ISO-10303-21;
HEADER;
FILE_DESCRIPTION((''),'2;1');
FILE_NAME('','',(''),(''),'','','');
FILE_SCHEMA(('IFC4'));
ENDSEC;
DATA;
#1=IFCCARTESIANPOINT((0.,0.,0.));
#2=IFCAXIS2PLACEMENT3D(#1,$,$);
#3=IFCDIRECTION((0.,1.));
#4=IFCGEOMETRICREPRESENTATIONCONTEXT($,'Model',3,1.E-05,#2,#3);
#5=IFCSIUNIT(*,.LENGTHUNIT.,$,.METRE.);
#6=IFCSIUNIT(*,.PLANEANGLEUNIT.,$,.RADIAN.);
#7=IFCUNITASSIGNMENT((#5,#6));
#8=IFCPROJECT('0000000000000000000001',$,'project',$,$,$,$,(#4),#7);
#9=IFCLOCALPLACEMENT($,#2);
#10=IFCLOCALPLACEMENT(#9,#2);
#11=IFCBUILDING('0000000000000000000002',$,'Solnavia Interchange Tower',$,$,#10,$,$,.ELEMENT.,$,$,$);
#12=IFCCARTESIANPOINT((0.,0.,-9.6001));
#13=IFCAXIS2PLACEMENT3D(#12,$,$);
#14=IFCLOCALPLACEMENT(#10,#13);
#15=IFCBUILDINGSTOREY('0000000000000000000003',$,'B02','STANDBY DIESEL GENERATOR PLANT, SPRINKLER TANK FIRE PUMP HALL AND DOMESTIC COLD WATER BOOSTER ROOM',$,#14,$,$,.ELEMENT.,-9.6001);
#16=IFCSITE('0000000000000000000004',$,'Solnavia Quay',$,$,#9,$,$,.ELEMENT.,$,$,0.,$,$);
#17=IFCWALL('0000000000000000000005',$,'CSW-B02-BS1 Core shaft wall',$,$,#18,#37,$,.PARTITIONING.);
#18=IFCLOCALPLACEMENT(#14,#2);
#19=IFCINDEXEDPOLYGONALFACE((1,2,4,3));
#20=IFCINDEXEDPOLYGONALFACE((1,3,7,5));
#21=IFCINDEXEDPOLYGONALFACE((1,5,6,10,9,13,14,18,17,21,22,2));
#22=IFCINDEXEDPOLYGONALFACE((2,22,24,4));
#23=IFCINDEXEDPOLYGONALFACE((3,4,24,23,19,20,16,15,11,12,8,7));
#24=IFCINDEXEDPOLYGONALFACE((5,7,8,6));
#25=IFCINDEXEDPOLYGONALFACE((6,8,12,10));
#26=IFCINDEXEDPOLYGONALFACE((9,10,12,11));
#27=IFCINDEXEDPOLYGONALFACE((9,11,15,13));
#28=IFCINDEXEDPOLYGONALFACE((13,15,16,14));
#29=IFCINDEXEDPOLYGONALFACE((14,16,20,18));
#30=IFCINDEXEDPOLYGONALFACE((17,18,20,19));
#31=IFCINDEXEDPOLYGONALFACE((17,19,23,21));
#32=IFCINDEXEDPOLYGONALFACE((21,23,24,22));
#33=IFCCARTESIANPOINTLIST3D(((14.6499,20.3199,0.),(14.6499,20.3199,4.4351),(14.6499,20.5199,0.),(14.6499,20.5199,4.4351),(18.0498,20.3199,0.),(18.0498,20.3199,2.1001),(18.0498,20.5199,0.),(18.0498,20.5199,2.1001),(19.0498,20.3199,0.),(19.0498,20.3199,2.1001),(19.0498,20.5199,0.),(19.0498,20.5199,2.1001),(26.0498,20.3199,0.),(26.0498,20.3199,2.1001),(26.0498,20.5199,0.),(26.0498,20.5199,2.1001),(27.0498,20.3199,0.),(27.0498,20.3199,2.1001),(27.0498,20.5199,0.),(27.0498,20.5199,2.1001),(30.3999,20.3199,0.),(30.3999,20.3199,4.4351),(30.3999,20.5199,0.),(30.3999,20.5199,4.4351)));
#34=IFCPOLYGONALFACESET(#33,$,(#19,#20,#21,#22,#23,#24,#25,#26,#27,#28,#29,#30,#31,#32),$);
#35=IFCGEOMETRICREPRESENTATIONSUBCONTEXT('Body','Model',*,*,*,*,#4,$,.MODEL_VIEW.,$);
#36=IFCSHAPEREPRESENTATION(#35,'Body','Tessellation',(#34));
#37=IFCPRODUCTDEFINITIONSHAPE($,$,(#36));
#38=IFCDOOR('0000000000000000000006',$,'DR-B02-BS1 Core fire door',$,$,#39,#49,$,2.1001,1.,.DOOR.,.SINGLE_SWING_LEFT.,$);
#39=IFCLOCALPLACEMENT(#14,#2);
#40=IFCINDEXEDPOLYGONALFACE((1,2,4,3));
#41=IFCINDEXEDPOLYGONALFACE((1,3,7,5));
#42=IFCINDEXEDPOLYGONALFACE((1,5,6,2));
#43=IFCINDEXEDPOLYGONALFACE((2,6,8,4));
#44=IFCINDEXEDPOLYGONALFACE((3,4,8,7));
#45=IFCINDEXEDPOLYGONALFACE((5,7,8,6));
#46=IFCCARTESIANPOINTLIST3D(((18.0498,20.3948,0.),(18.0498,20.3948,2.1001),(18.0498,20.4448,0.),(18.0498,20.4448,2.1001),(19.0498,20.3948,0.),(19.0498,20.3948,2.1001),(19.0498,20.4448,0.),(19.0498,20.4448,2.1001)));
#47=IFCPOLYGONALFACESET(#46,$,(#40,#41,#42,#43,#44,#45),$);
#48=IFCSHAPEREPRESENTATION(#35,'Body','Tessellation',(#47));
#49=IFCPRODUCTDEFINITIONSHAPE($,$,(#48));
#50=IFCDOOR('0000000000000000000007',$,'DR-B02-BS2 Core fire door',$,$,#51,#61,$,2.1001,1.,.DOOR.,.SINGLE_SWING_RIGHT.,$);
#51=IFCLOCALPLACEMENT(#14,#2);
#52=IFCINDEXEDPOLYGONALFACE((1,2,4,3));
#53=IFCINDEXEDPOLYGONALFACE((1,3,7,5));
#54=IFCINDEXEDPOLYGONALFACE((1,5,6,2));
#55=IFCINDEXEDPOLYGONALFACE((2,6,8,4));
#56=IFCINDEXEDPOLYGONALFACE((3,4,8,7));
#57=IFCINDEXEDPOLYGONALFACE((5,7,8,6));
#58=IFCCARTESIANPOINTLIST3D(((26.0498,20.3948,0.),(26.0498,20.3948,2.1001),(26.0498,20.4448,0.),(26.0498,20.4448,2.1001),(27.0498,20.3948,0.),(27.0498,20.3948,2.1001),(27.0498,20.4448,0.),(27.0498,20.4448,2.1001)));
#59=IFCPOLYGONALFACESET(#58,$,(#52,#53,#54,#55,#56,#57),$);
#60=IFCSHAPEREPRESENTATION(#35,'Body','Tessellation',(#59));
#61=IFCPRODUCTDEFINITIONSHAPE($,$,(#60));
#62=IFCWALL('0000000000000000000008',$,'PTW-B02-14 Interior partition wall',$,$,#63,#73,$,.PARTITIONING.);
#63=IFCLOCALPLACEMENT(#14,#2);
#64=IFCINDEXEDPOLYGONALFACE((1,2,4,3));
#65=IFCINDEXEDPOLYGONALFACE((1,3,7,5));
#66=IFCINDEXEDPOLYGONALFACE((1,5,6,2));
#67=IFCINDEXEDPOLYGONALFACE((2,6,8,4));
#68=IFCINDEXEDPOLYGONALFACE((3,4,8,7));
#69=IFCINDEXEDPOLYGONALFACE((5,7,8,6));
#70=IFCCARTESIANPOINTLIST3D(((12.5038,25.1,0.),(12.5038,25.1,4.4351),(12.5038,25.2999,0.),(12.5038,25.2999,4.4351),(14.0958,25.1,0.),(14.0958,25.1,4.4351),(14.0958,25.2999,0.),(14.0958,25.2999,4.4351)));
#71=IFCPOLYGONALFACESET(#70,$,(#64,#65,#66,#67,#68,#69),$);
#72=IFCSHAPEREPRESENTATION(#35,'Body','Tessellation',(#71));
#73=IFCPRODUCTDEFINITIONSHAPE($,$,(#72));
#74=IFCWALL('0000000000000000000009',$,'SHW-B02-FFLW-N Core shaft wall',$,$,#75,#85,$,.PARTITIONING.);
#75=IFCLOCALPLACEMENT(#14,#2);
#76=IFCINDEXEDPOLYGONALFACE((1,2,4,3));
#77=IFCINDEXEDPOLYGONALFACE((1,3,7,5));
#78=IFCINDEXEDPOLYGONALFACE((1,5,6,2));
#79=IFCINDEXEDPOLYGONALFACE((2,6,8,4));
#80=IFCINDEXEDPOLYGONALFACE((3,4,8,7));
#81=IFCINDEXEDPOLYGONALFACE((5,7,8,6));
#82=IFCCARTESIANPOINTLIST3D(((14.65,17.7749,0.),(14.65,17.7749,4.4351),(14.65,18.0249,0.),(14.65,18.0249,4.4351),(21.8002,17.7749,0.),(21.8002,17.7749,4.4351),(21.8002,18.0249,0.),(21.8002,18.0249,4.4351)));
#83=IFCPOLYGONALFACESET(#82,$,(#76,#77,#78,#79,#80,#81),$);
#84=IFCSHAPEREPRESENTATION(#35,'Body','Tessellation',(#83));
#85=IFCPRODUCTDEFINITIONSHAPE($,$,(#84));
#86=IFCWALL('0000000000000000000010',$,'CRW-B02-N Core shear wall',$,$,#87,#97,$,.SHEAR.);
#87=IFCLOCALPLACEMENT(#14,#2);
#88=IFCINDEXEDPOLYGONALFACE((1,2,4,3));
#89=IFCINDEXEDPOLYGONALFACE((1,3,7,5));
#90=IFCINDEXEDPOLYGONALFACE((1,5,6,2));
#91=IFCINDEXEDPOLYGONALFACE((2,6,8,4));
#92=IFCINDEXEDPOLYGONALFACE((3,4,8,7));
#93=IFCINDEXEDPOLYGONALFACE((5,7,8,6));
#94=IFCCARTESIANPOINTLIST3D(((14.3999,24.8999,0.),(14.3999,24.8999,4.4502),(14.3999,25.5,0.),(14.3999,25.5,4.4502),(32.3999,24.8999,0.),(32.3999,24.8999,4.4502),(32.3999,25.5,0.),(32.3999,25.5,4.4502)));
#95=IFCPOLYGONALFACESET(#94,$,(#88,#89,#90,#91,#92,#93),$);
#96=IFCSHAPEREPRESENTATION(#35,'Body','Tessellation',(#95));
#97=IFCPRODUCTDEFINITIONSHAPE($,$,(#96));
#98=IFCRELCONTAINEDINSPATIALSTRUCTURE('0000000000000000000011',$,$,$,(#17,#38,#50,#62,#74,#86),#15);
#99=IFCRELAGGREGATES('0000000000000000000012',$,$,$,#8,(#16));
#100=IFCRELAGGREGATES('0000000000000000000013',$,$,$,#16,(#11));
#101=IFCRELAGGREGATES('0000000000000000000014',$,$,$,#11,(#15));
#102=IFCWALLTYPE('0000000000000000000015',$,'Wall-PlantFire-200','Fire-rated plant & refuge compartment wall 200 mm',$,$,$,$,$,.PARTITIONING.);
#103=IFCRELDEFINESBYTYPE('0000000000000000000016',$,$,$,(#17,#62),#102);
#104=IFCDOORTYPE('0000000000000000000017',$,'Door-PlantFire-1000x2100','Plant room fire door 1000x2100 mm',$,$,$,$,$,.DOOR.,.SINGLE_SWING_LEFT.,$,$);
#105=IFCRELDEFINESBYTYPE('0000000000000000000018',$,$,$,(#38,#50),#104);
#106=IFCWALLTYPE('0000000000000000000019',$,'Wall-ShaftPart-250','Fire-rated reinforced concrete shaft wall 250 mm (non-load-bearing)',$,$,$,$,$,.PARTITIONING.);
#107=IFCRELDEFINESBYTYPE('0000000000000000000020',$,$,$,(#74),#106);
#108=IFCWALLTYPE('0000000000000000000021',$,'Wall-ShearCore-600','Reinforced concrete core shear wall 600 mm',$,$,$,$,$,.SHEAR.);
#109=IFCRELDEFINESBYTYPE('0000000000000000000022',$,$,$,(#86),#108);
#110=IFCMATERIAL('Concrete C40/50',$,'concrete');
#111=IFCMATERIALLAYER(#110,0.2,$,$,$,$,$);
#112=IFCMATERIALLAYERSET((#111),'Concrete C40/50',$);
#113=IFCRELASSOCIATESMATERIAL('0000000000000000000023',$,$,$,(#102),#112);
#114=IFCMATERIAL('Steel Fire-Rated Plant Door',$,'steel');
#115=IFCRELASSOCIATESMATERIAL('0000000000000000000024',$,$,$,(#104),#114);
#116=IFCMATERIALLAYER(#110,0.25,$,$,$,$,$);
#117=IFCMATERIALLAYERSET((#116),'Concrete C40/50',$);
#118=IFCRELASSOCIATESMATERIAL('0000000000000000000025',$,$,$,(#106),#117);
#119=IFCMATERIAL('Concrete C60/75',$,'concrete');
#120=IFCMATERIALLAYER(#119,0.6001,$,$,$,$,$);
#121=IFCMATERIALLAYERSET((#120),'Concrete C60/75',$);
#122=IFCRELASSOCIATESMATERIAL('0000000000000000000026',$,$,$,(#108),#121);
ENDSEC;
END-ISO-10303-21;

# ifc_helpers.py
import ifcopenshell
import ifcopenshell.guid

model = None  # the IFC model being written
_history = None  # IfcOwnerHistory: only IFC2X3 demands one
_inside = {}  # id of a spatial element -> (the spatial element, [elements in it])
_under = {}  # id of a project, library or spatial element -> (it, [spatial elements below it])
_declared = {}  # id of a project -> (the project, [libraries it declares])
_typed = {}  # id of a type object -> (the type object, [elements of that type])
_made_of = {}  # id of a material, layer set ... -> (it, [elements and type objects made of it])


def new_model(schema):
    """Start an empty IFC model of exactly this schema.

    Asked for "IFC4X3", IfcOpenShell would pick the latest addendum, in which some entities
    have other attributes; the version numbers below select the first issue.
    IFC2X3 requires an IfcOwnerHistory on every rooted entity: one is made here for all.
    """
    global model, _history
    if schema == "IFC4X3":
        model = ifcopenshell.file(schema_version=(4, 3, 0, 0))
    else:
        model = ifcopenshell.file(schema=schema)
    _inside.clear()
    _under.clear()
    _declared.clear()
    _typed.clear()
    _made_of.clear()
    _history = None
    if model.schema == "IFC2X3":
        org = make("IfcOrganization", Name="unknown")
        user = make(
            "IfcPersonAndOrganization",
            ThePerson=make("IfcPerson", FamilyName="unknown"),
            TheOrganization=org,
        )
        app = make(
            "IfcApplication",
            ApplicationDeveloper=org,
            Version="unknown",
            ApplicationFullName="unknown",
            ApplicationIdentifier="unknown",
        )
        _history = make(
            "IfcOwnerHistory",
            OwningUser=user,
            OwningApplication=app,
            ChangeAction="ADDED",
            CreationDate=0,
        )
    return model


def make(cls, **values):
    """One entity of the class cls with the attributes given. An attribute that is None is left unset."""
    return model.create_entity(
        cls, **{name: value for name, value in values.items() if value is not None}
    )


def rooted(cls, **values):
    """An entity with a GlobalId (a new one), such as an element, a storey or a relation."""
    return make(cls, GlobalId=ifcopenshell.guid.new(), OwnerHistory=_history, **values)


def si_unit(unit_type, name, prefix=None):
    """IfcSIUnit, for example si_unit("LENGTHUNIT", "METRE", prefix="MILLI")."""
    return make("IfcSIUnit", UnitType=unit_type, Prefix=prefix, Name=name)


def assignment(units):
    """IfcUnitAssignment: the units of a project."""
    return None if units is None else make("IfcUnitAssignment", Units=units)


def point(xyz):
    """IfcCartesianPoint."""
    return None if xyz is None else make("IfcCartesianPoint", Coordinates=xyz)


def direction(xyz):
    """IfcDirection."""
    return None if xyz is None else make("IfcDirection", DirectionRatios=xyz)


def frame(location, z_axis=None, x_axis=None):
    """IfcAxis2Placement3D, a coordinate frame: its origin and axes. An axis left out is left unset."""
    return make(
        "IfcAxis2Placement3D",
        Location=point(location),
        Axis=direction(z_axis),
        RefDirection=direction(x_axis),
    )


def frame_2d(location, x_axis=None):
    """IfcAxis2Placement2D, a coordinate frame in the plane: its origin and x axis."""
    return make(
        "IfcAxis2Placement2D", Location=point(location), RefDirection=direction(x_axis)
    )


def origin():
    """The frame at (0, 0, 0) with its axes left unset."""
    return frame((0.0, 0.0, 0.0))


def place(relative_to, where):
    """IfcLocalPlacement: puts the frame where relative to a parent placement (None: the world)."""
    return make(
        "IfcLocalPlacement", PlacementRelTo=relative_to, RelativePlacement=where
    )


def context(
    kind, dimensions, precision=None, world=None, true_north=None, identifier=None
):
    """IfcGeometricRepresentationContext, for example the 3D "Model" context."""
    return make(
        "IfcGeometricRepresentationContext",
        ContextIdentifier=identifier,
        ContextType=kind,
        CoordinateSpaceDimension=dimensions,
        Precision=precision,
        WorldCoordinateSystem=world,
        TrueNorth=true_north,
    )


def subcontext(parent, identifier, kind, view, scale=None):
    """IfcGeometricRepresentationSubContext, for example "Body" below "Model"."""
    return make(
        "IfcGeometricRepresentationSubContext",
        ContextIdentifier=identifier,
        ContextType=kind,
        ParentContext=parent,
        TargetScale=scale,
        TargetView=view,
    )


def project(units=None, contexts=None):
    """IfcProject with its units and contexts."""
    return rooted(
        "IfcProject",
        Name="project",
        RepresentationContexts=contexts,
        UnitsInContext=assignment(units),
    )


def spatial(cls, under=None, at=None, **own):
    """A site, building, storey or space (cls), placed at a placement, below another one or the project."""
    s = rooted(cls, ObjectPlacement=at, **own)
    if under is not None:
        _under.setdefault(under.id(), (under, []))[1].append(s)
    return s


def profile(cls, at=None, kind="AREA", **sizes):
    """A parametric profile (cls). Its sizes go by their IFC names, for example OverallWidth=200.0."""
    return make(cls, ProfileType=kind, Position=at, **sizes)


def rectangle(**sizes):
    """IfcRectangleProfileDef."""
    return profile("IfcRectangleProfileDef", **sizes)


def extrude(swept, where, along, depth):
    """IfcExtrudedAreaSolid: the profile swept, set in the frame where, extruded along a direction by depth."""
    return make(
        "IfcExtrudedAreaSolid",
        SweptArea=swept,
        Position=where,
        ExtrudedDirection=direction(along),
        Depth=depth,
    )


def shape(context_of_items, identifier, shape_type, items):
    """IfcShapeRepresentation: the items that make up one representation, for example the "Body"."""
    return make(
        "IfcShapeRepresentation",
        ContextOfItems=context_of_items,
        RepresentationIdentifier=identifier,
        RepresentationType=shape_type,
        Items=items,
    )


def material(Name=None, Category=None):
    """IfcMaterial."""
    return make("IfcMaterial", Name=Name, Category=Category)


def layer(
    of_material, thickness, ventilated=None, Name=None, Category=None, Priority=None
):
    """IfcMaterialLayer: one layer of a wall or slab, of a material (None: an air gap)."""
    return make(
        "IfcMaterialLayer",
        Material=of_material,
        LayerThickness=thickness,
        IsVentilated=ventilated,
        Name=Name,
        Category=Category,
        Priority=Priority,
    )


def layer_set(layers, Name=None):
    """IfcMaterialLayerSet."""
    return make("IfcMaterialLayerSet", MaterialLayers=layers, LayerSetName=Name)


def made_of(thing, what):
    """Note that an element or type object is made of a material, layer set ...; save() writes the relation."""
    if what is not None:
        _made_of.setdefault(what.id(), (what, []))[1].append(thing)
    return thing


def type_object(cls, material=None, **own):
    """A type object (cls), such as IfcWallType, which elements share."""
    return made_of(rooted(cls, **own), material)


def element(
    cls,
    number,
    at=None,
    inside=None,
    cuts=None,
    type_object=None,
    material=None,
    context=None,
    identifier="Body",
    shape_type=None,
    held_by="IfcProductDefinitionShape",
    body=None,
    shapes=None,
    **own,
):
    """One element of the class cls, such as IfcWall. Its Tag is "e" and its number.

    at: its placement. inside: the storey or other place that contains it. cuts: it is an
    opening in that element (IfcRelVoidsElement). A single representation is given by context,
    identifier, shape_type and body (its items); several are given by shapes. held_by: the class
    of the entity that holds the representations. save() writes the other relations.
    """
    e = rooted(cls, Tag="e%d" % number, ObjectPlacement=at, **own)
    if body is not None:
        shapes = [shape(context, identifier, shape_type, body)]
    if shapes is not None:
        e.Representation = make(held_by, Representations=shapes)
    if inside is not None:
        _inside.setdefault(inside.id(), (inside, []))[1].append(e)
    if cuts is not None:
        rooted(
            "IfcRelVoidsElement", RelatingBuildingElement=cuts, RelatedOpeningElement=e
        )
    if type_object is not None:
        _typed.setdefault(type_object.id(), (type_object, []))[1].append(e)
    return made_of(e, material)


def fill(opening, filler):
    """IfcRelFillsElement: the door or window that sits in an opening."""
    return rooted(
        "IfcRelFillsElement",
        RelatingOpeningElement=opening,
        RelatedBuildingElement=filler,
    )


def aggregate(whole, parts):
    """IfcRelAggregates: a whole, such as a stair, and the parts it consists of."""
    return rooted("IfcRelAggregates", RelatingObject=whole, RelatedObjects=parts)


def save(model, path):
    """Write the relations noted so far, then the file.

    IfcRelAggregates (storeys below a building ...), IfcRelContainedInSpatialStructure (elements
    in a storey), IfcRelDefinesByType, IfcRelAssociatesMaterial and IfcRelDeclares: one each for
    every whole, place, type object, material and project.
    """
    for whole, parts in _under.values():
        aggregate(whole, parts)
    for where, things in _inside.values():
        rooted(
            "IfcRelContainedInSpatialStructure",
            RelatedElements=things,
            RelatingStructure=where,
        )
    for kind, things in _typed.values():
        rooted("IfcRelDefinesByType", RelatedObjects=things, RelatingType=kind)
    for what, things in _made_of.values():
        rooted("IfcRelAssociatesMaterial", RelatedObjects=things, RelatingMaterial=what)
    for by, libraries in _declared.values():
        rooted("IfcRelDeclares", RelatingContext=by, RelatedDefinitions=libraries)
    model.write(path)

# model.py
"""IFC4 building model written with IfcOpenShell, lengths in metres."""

from ifc_helpers import new_model, si_unit, direction, frame, frame_2d, origin, place, context, subcontext, project, spatial, rectangle, extrude, material, layer, layer_set, type_object, element, fill, save


model = new_model("IFC4")

# Units and contexts
model_context = context("Model", 3, precision=1e-05, world=origin(), true_north=direction((0.0, 1.0)))
body_context = subcontext(model_context, "Body", "Model", "MODEL_VIEW")
ifc_project = project(units=[si_unit("LENGTHUNIT", "METRE"), si_unit("PLANEANGLEUNIT", "RADIAN")], contexts=[model_context])

# Site, building, storey
site_placement = place(None, origin())
site = spatial("IfcSite", under=ifc_project, at=site_placement, Name="Solnavia Quay", CompositionType="ELEMENT", RefElevation=0.0)
building_placement = place(site_placement, origin())
building = spatial("IfcBuilding", under=site, at=building_placement, Name="Solnavia Interchange Tower", CompositionType="ELEMENT")
storey_placement = place(building_placement, frame((0.0, 0.0, -9.6001)))
storey = spatial("IfcBuildingStorey", under=building, at=storey_placement, Name="B02", Description="STANDBY DIESEL GENERATOR PLANT, SPRINKLER TANK FIRE PUMP HALL AND DOMESTIC COLD WATER BOOSTER ROOM", CompositionType="ELEMENT", Elevation=-9.6001)

# Shared definitions
ifc_material_1 = material(Name="Concrete C40/50", Category="concrete")

# Shared definitions
ifc_material_2 = material(Name="Concrete C60/75", Category="concrete")

# Wall, openings, doors
ifc_layer_1 = layer(ifc_material_1, 0.2)
ifc_layer_set_1 = layer_set([ifc_layer_1], Name="Concrete C40/50")
wall_type_1 = type_object("IfcWallType", Name="Wall-PlantFire-200", Description="Fire-rated plant & refuge compartment wall 200 mm", PredefinedType="PARTITIONING", material=ifc_layer_set_1)
wall_1_placement = place(storey_placement, frame((14.6499, 20.4199, 0.0), z_axis=(0.0, 0.0, 1.0), x_axis=(1.0, 0.0, 0.0)))
wall_1 = element("IfcWall", 1, at=wall_1_placement, inside=storey, type_object=wall_type_1, Name="CSW-B02-BS1 Core shaft wall", PredefinedType="PARTITIONING", context=body_context, shape_type="SweptSolid", body=[
    extrude(rectangle(XDim=15.75, YDim=0.2, at=frame_2d((7.875, 0.0))), origin(), (0.0, 0.0, 1.0), 4.4351),
])
opening_1_placement = place(wall_1_placement, frame((3.3999, 0.0, 0.0)))
opening_1 = element("IfcOpeningElement", 2, at=opening_1_placement, cuts=wall_1, PredefinedType="OPENING", context=body_context, shape_type="SweptSolid", body=[
    extrude(rectangle(XDim=1.0, YDim=2.1001, at=frame_2d((0.5, 1.05))), frame((0.0, 0.1099, 0.0), z_axis=(0.0, -1.0, 0.0), x_axis=(1.0, 0.0, 0.0)), (0.0, 0.0, 1.0), 0.22),
])
opening_2_placement = place(wall_1_placement, frame((11.3999, 0.0, 0.0)))
opening_2 = element("IfcOpeningElement", 3, at=opening_2_placement, cuts=wall_1, PredefinedType="OPENING", context=body_context, shape_type="SweptSolid", body=[
    extrude(rectangle(XDim=1.0, YDim=2.1001, at=frame_2d((0.5, 1.05))), frame((0.0, 0.1099, 0.0), z_axis=(0.0, -1.0, 0.0), x_axis=(1.0, 0.0, 0.0)), (0.0, 0.0, 1.0), 0.22),
])
ifc_material_3 = material(Name="Steel Fire-Rated Plant Door", Category="steel")
door_type = type_object("IfcDoorType", Name="Door-PlantFire-1000x2100", Description="Plant room fire door 1000x2100 mm", OperationType="SINGLE_SWING_LEFT", PredefinedType="DOOR", material=ifc_material_3)
door_1_placement = place(opening_1_placement, origin())
door_1 = element("IfcDoor", 4, at=door_1_placement, inside=storey, type_object=door_type, Name="DR-B02-BS1 Core fire door", OperationType="SINGLE_SWING_LEFT", OverallHeight=2.1001, OverallWidth=1.0, PredefinedType="DOOR", context=body_context, shape_type="SweptSolid", body=[
    extrude(rectangle(XDim=1.0, YDim=2.1001, at=frame_2d((0.5, 1.05))), frame((0.0, 0.0249, 0.0), z_axis=(0.0, -1.0, 0.0), x_axis=(1.0, 0.0, 0.0)), (0.0, 0.0, 1.0), 0.05),
])
fill(opening_1, door_1)
door_2_placement = place(opening_2_placement, origin())
door_2 = element("IfcDoor", 5, at=door_2_placement, inside=storey, type_object=door_type, Name="DR-B02-BS2 Core fire door", OperationType="SINGLE_SWING_RIGHT", OverallHeight=2.1001, OverallWidth=1.0, PredefinedType="DOOR", context=body_context, shape_type="SweptSolid", body=[
    extrude(rectangle(XDim=1.0, YDim=2.1001, at=frame_2d((0.5, 1.05))), frame((0.0, 0.0249, 0.0), z_axis=(0.0, -1.0, 0.0), x_axis=(1.0, 0.0, 0.0)), (0.0, 0.0, 1.0), 0.05),
])
fill(opening_2, door_2)

# Walls
wall_2_placement = place(storey_placement, frame((12.5039, 25.2, 0.0), z_axis=(0.0, 0.0, 1.0), x_axis=(1.0, 0.0, 0.0)))
element("IfcWall", 6, at=wall_2_placement, inside=storey, type_object=wall_type_1, Name="PTW-B02-14 Interior partition wall", PredefinedType="PARTITIONING", context=body_context, shape_type="SweptSolid", body=[
    extrude(rectangle(XDim=1.592, YDim=0.2, at=frame_2d((0.7959, 0.0))), origin(), (0.0, 0.0, 1.0), 4.4351),
])
ifc_layer_2 = layer(ifc_material_1, 0.25)
ifc_layer_set_2 = layer_set([ifc_layer_2], Name="Concrete C40/50")
wall_type_2 = type_object("IfcWallType", Name="Wall-ShaftPart-250", Description="Fire-rated reinforced concrete shaft wall 250 mm (non-load-bearing)", PredefinedType="PARTITIONING", material=ifc_layer_set_2)
wall_3_placement = place(storey_placement, frame((14.6499, 17.8999, 0.0), z_axis=(0.0, 0.0, 1.0), x_axis=(1.0, 0.0, 0.0)))
element("IfcWall", 7, at=wall_3_placement, inside=storey, type_object=wall_type_2, Name="SHW-B02-FFLW-N Core shaft wall", PredefinedType="PARTITIONING", context=body_context, shape_type="SweptSolid", body=[
    extrude(rectangle(XDim=7.1501, YDim=0.25, at=frame_2d((3.5752, 0.0))), origin(), (0.0, 0.0, 1.0), 4.4351),
])
ifc_layer_3 = layer(ifc_material_2, 0.6001)
ifc_layer_set_3 = layer_set([ifc_layer_3], Name="Concrete C60/75")
wall_type_3 = type_object("IfcWallType", Name="Wall-ShearCore-600", Description="Reinforced concrete core shear wall 600 mm", PredefinedType="SHEAR", material=ifc_layer_set_3)
wall_4_placement = place(storey_placement, frame((14.3999, 25.2, 0.0), z_axis=(0.0, 0.0, 1.0), x_axis=(1.0, 0.0, 0.0)))
element("IfcWall", 8, at=wall_4_placement, inside=storey, type_object=wall_type_3, Name="CRW-B02-N Core shear wall", PredefinedType="SHEAR", context=body_context, shape_type="SweptSolid", body=[
    extrude(rectangle(XDim=18.0, YDim=0.6001, at=frame_2d((9.0, 0.0))), origin(), (0.0, 0.0, 1.0), 4.4502),
])

save(model, "model.ifc")
